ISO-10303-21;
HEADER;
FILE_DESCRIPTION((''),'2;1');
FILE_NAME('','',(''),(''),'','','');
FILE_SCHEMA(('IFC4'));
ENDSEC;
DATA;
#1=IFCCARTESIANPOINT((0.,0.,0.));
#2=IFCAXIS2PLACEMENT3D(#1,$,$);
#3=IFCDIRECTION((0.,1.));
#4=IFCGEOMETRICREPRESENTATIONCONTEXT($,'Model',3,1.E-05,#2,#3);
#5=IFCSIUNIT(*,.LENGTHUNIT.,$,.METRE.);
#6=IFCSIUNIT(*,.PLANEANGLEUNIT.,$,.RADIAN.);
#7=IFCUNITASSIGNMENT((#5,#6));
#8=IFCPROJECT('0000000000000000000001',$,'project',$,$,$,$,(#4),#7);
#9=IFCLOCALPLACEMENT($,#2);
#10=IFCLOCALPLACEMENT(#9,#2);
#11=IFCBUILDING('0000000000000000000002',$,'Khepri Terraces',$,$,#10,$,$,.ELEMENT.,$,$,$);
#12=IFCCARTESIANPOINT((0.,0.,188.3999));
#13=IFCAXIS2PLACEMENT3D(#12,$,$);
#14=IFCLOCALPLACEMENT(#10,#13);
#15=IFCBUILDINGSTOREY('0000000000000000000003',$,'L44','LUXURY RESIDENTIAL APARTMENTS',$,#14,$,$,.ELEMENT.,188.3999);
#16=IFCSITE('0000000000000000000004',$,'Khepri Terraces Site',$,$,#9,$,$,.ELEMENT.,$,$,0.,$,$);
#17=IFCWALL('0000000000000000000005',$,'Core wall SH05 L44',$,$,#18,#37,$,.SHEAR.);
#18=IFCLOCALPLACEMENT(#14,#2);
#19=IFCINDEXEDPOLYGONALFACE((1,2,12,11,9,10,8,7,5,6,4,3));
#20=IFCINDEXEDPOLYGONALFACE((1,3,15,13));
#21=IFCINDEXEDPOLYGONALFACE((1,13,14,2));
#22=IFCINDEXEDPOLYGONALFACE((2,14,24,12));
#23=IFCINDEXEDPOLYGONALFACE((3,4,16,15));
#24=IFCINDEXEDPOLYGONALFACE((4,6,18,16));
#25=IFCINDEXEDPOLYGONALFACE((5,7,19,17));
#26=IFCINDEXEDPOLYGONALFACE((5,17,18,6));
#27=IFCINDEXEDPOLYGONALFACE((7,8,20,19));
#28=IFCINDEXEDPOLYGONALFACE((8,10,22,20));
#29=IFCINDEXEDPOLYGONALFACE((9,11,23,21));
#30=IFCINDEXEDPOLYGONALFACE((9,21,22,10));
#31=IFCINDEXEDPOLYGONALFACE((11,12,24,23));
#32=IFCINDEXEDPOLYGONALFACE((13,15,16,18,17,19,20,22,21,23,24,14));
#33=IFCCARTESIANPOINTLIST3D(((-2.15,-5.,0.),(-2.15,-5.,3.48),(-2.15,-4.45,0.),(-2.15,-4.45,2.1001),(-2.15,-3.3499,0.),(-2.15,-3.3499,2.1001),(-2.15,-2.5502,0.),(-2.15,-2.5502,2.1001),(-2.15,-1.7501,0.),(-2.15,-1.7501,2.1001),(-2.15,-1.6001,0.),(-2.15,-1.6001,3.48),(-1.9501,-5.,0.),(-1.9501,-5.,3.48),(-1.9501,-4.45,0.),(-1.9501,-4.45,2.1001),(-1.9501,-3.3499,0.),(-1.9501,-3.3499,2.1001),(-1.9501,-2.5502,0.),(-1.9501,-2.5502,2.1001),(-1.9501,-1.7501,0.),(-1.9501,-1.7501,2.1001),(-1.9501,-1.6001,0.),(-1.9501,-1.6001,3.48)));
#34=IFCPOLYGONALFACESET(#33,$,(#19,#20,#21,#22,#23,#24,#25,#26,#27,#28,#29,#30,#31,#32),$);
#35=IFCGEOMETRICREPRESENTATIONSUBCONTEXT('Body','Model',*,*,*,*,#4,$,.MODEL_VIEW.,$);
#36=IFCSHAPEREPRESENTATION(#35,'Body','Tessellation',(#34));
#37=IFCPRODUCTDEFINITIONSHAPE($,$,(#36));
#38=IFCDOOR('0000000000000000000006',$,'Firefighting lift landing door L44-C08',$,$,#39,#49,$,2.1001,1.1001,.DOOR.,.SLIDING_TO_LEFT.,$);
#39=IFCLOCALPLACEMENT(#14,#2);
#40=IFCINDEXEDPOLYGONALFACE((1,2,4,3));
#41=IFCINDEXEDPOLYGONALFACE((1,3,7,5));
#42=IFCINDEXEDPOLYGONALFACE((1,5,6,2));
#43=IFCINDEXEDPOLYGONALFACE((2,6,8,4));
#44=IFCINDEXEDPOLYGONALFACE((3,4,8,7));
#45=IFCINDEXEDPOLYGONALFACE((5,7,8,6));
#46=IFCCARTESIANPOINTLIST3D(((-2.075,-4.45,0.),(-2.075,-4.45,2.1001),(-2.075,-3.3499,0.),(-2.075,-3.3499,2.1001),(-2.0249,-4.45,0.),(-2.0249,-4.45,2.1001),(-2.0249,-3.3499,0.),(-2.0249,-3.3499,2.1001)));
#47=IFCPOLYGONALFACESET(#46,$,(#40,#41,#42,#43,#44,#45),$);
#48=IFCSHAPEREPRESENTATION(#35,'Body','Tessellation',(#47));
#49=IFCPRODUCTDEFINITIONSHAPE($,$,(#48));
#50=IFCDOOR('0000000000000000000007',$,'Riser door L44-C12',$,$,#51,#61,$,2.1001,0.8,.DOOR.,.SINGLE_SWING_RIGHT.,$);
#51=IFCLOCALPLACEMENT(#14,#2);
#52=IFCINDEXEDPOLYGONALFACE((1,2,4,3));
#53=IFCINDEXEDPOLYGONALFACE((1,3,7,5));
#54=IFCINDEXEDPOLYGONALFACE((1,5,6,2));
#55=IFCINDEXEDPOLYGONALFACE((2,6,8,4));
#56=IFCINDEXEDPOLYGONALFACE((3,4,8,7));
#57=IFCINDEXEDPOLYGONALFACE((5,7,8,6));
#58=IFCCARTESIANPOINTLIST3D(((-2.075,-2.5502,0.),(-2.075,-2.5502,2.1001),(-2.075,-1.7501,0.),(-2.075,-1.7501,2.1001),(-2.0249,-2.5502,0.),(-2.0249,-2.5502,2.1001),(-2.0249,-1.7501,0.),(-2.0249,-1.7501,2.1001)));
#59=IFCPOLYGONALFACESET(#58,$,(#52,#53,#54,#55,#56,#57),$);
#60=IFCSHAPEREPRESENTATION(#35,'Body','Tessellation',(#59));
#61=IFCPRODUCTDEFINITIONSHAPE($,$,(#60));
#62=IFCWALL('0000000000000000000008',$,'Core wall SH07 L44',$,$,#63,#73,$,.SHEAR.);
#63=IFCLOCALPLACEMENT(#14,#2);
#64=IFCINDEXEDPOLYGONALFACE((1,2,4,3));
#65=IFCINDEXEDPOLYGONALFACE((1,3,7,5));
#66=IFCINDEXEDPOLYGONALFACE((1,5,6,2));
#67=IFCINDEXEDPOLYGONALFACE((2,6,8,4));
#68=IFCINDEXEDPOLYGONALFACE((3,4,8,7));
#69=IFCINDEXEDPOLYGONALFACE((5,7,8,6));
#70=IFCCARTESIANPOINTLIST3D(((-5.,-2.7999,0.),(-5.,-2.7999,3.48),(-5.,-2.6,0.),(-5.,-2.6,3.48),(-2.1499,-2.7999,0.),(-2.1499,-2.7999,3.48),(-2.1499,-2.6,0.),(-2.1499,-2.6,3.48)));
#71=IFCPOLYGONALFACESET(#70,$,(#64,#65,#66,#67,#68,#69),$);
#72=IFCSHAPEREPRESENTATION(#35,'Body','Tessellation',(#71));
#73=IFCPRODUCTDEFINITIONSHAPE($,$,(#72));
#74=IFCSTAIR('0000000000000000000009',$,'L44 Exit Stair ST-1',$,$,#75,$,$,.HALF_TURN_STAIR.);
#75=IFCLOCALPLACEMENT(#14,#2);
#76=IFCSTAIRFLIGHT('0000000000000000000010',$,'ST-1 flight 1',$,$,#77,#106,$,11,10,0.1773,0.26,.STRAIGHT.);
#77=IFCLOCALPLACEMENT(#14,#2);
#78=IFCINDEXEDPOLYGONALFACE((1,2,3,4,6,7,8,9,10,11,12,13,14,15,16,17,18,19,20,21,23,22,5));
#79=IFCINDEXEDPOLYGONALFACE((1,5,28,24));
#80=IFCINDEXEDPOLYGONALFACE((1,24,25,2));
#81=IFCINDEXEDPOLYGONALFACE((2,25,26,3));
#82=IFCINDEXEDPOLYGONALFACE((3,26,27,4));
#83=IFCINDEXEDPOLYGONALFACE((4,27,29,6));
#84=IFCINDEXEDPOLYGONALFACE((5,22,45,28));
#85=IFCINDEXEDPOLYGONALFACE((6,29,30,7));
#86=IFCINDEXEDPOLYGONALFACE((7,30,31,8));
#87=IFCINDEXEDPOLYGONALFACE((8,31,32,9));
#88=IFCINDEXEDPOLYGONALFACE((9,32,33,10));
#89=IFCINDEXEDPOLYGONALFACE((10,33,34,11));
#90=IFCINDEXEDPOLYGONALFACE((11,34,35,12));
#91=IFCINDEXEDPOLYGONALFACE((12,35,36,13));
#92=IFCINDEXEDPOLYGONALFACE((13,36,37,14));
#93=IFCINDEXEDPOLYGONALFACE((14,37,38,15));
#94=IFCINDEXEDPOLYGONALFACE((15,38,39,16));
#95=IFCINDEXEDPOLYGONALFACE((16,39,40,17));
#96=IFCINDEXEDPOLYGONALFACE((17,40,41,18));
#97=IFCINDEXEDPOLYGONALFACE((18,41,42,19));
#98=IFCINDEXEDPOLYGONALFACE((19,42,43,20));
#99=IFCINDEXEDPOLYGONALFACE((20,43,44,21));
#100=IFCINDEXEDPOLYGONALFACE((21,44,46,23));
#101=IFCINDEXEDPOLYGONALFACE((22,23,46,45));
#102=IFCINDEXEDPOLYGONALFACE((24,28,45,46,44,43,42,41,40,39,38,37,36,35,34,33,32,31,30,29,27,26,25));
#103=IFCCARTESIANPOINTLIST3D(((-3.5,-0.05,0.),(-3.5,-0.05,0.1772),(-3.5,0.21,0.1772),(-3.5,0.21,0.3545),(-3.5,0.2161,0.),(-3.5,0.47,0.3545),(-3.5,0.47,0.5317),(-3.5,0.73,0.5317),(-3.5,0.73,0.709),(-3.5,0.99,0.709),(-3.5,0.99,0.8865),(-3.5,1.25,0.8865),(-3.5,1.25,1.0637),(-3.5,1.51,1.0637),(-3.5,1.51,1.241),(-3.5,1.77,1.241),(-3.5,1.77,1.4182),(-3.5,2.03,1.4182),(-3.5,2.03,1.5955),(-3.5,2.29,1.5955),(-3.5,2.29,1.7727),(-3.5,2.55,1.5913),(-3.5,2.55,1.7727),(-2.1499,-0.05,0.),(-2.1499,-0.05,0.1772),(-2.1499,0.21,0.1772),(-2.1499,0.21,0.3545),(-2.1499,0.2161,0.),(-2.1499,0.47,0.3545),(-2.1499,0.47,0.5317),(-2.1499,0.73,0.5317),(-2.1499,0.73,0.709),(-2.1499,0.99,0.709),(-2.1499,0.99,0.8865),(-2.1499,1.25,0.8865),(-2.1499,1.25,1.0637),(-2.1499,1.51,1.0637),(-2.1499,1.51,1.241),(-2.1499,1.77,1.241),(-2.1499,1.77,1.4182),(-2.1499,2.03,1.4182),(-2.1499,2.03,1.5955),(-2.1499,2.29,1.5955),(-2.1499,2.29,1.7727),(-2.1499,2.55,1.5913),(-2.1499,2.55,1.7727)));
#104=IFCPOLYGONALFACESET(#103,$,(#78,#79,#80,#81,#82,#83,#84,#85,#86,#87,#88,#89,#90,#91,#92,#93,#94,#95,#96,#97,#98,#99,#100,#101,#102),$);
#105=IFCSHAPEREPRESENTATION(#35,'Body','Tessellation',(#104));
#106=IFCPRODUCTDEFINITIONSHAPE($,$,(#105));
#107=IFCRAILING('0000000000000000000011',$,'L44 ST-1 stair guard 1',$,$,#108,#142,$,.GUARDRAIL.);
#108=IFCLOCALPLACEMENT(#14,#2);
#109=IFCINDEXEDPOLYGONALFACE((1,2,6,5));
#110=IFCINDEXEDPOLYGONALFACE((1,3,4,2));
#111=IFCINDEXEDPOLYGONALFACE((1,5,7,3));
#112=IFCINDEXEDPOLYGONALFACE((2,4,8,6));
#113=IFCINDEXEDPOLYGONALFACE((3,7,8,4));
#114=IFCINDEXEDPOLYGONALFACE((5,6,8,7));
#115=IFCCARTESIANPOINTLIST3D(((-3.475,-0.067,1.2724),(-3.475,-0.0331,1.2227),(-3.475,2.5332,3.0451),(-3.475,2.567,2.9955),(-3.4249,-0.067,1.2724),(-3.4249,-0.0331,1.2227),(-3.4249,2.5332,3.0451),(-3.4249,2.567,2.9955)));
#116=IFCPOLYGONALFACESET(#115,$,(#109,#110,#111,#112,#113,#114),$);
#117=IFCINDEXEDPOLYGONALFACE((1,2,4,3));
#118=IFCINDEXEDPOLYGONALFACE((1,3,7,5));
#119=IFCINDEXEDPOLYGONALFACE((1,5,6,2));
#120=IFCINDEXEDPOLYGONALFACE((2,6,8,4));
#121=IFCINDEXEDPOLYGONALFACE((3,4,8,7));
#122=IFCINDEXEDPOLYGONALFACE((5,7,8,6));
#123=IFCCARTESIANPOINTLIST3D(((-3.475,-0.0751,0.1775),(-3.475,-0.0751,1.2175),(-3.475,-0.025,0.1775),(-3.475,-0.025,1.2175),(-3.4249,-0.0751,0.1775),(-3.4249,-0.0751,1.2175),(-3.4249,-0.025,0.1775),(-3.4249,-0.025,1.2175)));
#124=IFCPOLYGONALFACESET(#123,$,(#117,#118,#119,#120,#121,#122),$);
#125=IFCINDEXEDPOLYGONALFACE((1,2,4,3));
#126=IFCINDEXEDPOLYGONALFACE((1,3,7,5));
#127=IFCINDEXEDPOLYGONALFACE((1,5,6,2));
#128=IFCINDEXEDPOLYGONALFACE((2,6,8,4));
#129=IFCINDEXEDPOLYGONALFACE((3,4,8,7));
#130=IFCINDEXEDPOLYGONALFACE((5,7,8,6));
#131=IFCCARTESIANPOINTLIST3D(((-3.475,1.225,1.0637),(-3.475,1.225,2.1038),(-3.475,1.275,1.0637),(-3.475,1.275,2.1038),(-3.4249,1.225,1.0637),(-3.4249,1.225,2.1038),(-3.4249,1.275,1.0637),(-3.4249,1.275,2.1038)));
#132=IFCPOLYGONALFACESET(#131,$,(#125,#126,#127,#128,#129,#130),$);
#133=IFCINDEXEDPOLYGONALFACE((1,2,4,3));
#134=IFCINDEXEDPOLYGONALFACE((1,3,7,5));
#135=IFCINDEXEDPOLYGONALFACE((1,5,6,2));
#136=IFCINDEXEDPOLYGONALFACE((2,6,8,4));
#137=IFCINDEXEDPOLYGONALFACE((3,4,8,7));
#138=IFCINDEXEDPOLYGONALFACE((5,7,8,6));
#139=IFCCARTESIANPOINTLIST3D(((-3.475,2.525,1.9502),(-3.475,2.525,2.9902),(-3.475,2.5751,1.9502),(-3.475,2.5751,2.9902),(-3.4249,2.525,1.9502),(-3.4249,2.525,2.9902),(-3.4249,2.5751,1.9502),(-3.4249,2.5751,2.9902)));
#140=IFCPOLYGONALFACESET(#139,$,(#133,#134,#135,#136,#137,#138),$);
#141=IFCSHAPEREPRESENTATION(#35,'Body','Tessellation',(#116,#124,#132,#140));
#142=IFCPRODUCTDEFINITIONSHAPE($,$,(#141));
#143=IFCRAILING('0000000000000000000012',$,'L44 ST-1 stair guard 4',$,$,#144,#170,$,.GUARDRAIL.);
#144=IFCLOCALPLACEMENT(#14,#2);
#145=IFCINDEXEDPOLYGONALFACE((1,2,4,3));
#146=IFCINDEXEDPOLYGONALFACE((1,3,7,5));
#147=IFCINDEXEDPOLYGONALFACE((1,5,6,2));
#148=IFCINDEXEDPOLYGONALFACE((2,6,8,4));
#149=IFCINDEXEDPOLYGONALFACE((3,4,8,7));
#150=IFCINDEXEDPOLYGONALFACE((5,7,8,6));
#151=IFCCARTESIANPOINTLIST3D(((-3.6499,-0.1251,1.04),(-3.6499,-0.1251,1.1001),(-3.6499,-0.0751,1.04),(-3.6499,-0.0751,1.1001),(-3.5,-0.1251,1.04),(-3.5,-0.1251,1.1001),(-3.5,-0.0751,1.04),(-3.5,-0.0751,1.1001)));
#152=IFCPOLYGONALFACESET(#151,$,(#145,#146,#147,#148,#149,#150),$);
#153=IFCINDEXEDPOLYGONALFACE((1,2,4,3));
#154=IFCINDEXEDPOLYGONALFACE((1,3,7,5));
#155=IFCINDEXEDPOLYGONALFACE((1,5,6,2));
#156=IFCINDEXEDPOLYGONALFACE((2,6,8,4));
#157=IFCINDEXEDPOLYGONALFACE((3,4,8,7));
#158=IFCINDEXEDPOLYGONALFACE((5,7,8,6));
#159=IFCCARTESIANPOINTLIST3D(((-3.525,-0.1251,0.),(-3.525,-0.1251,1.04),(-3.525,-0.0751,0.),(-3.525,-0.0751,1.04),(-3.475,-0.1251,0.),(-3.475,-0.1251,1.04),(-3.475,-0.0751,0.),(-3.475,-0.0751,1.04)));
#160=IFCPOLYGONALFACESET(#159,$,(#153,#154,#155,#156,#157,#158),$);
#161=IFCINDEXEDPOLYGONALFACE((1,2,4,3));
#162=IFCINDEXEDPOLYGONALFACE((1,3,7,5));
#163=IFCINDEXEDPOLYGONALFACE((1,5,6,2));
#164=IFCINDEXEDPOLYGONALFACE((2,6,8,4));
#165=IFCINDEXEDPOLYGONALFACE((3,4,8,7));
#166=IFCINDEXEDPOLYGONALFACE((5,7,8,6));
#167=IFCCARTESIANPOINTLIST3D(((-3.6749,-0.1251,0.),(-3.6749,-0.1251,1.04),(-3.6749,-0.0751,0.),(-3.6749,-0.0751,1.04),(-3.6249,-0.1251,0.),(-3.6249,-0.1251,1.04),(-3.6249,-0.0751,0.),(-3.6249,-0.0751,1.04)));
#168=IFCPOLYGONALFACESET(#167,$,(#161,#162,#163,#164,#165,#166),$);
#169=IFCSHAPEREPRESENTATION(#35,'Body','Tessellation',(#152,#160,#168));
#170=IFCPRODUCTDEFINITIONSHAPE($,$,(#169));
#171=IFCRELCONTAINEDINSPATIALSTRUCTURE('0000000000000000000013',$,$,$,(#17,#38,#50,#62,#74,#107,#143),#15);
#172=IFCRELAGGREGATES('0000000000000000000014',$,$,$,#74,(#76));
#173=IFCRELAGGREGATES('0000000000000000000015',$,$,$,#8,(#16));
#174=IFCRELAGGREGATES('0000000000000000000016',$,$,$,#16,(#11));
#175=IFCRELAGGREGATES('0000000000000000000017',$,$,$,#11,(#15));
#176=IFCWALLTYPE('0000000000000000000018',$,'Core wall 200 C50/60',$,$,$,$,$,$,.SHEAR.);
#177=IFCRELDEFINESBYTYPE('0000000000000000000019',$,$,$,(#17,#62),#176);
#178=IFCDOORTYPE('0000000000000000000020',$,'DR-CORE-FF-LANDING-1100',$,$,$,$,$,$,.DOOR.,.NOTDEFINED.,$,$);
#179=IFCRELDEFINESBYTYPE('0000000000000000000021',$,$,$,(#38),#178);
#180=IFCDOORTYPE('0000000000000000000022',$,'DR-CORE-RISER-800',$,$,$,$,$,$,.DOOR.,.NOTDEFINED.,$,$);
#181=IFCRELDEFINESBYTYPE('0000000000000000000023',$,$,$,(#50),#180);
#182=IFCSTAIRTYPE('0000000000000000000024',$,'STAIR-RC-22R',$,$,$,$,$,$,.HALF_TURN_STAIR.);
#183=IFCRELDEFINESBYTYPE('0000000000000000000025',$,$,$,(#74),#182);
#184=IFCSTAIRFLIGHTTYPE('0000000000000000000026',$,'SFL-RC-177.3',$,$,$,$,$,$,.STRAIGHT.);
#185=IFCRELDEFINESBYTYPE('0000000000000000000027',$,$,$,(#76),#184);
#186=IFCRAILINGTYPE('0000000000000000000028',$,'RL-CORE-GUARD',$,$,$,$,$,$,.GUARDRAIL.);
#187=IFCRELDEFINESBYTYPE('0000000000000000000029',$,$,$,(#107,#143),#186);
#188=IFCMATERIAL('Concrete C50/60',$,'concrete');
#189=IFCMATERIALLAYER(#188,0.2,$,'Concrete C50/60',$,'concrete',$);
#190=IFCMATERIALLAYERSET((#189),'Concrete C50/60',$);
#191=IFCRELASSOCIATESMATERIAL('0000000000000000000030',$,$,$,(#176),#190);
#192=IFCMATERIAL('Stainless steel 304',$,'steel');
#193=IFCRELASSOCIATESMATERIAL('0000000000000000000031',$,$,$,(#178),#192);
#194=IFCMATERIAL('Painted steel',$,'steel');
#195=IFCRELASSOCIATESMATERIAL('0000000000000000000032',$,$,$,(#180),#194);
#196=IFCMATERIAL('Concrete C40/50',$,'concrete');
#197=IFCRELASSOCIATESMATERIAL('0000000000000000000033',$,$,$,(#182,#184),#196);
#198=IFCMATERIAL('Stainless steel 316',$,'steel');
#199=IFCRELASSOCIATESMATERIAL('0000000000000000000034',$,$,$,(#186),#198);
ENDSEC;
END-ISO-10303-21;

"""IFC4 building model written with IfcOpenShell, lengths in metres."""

from ifc_helpers import new_model, si_unit, direction, frame, frame_2d, origin, origin_2d, place, context, subcontext, project, spatial, polyline, rectangle, outline, extrude, material, layer, layer_set, type_object, element, fill, aggregate, save


model = new_model("IFC4")

# Units and contexts
model_context = context("Model", 3, precision=1e-05, world=origin(), true_north=direction((0.0, 1.0)))
body_context = subcontext(model_context, "Body", "Model", "MODEL_VIEW")
ifc_project = project(units=[si_unit("LENGTHUNIT", "METRE"), si_unit("PLANEANGLEUNIT", "RADIAN")], contexts=[model_context])

# Site, building, storey
site_placement = place(None, origin())
site = spatial("IfcSite", under=ifc_project, at=site_placement, Name="Khepri Terraces Site", CompositionType="ELEMENT", RefElevation=0.0)
building_placement = place(site_placement, origin())
building = spatial("IfcBuilding", under=site, at=building_placement, Name="Khepri Terraces", CompositionType="ELEMENT")
storey_placement = place(building_placement, frame((0.0, 0.0, 188.3999)))
storey = spatial("IfcBuildingStorey", under=building, at=storey_placement, Name="L44", Description="LUXURY RESIDENTIAL APARTMENTS", CompositionType="ELEMENT", Elevation=188.3999)

# Shared definitions
ifc_material_1 = material(Name="Concrete C40/50", Category="concrete")

# Shared definitions
ifc_material_2 = material(Name="Concrete C50/60", Category="concrete")
ifc_layer_1 = layer(ifc_material_2, 0.2, Name="Concrete C50/60", Category="concrete")
ifc_layer_set_1 = layer_set([ifc_layer_1], Name="Concrete C50/60")
wall_type = type_object("IfcWallType", Name="Core wall 200 C50/60", PredefinedType="SHEAR", material=ifc_layer_set_1)

# Shared definitions
ifc_material_3 = material(Name="Painted steel", Category="steel")

# Wall, openings, doors
wall_1_placement = place(storey_placement, frame((-2.05, -5.0, 0.0), z_axis=(0.0, 0.0, 1.0), x_axis=(0.0, 1.0, 0.0)))
wall_1 = element("IfcWall", 1, at=wall_1_placement, inside=storey, type_object=wall_type, Name="Core wall SH05 L44", PredefinedType="SHEAR", context=body_context, shape_type="SweptSolid", body=[
    extrude(rectangle(XDim=3.3999, YDim=0.2, at=frame_2d((1.7, 0.0))), origin(), (0.0, 0.0, 1.0), 3.48),
])
opening_1_placement = place(wall_1_placement, frame((0.55, 0.0, 0.0)))
opening_1 = element("IfcOpeningElement", 2, at=opening_1_placement, cuts=wall_1, PredefinedType="OPENING", context=body_context, shape_type="SweptSolid", body=[
    extrude(rectangle(XDim=1.1001, YDim=2.1001, at=frame_2d((0.55, 1.05))), frame((0.0, 0.1099, 0.0), z_axis=(0.0, -1.0, 0.0), x_axis=(1.0, 0.0, 0.0)), (0.0, 0.0, 1.0), 0.22),
])
opening_2_placement = place(wall_1_placement, frame((2.45, 0.0, 0.0)))
opening_2 = element("IfcOpeningElement", 3, at=opening_2_placement, cuts=wall_1, PredefinedType="OPENING", context=body_context, shape_type="SweptSolid", body=[
    extrude(rectangle(XDim=0.8, YDim=2.1001, at=frame_2d((0.3999, 1.05))), frame((0.0, 0.1099, 0.0), z_axis=(0.0, -1.0, 0.0), x_axis=(1.0, 0.0, 0.0)), (0.0, 0.0, 1.0), 0.22),
])
ifc_material_4 = material(Name="Stainless steel 304", Category="steel")
door_type_1 = type_object("IfcDoorType", Name="DR-CORE-FF-LANDING-1100", OperationType="NOTDEFINED", PredefinedType="DOOR", material=ifc_material_4)
door_1_placement = place(opening_1_placement, origin())
door_1 = element("IfcDoor", 4, at=door_1_placement, inside=storey, type_object=door_type_1, Name="Firefighting lift landing door L44-C08", OperationType="SLIDING_TO_LEFT", OverallHeight=2.1001, OverallWidth=1.1001, PredefinedType="DOOR", context=body_context, shape_type="SweptSolid", body=[
    extrude(rectangle(XDim=1.1001, YDim=2.1001, at=frame_2d((0.55, 1.05))), frame((0.0, 0.0249, 0.0), z_axis=(0.0, -1.0, 0.0), x_axis=(1.0, 0.0, 0.0)), (0.0, 0.0, 1.0), 0.05),
])
fill(opening_1, door_1)
door_type_2 = type_object("IfcDoorType", Name="DR-CORE-RISER-800", OperationType="NOTDEFINED", PredefinedType="DOOR", material=ifc_material_3)
door_2_placement = place(opening_2_placement, origin())
door_2 = element("IfcDoor", 5, at=door_2_placement, inside=storey, type_object=door_type_2, Name="Riser door L44-C12", OperationType="SINGLE_SWING_RIGHT", OverallHeight=2.1001, OverallWidth=0.8, PredefinedType="DOOR", context=body_context, shape_type="SweptSolid", body=[
    extrude(rectangle(XDim=0.8, YDim=2.1001, at=frame_2d((0.3999, 1.05))), frame((0.0, 0.0249, 0.0), z_axis=(0.0, -1.0, 0.0), x_axis=(1.0, 0.0, 0.0)), (0.0, 0.0, 1.0), 0.05),
])
fill(opening_2, door_2)

# Wall
wall_2_placement = place(storey_placement, frame((-5.0, -2.7, 0.0), z_axis=(0.0, 0.0, 1.0), x_axis=(1.0, 0.0, 0.0)))
element("IfcWall", 6, at=wall_2_placement, inside=storey, type_object=wall_type, Name="Core wall SH07 L44", PredefinedType="SHEAR", context=body_context, shape_type="SweptSolid", body=[
    extrude(rectangle(XDim=2.8501, YDim=0.2, at=frame_2d((1.425, 0.0))), origin(), (0.0, 0.0, 1.0), 3.48),
])

# Stair, stair flight
stair_type = type_object("IfcStairType", Name="STAIR-RC-22R", PredefinedType="HALF_TURN_STAIR", material=ifc_material_1)
stair_placement = place(storey_placement, origin())
stair = element("IfcStair", 7, at=stair_placement, inside=storey, type_object=stair_type, Name="L44 Exit Stair ST-1", PredefinedType="HALF_TURN_STAIR")
stair_flight_type = type_object("IfcStairFlightType", Name="SFL-RC-177.3", PredefinedType="STRAIGHT", material=ifc_material_1)
stair_flight_placement = place(storey_placement, frame((-2.825, -0.05, 0.0), z_axis=(0.0, 0.0, 1.0), x_axis=(0.0, 1.0, 0.0)))
stair_flight = element("IfcStairFlight", 8, at=stair_flight_placement, type_object=stair_flight_type, Name="ST-1 flight 1", NumberOfRisers=11, NumberOfTreads=10, PredefinedType="STRAIGHT", RiserHeight=0.1773, TreadLength=0.26, context=body_context, shape_type="SweptSolid", body=[
    extrude(outline(polyline([(0.0, 0.0), (0.0, 0.1772), (0.26, 0.1772), (0.26, 0.3545), (0.52, 0.3545), (0.52, 0.5317), (0.78, 0.5317), (0.78, 0.709), (1.04, 0.709), (1.04, 0.8865), (1.3, 0.8865), (1.3, 1.0637), (1.5601, 1.0637), (1.5601, 1.241), (1.8201, 1.241), (1.8201, 1.4182), (2.0801, 1.4182), (2.0801, 1.5955), (2.3401, 1.5955), (2.3401, 1.7727), (2.6001, 1.7727), (2.6001, 1.95), (2.6001, 1.5913), (0.2661, 0.0), (0.0, 0.0)])), frame((0.0, 0.675, 0.0), z_axis=(0.0, -1.0, 0.0), x_axis=(1.0, 0.0, 0.0)), (0.0, 0.0, 1.0), 1.3501),
])
aggregate(stair, [stair_flight])

# Railings
ifc_material_5 = material(Name="Stainless steel 316", Category="steel")
railing_type_1 = type_object("IfcRailingType", Name="RL-CORE-GUARD", PredefinedType="GUARDRAIL", material=ifc_material_5)
railing_1_placement = place(storey_placement, frame((-3.45, -0.05, 0.1775)))
element("IfcRailing", 9, at=railing_1_placement, inside=storey, type_object=railing_type_1, Name="L44 ST-1 stair guard 1", PredefinedType="GUARDRAIL", context=body_context, shape_type="SweptSolid", body=[
    extrude(rectangle(XDim=0.05, YDim=0.0601, at=origin_2d()), frame((0.0, 0.0, 1.0701), z_axis=(0.0, 0.82624, 0.563318), x_axis=(-1.0, 0.0, 0.0)), (0.0, 0.0, 1.0), 3.147),
    extrude(rectangle(XDim=0.05, YDim=0.05, at=origin_2d()), origin(), (0.0, 0.0, 1.0), 1.04),
    extrude(rectangle(XDim=0.05, YDim=0.05, at=origin_2d()), frame((0.0, 1.3, 0.8862)), (0.0, 0.0, 1.0), 1.04),
    extrude(rectangle(XDim=0.05, YDim=0.05, at=origin_2d()), frame((0.0, 2.6001, 1.7727)), (0.0, 0.0, 1.0), 1.04),
])
railing_2_placement = place(storey_placement, frame((-3.5, -0.1001, 0.0)))
element("IfcRailing", 10, at=railing_2_placement, inside=storey, type_object=railing_type_1, Name="L44 ST-1 stair guard 4", PredefinedType="GUARDRAIL", context=body_context, shape_type="SweptSolid", body=[
    extrude(rectangle(XDim=0.05, YDim=0.0601, at=origin_2d()), frame((0.0, 0.0, 1.0701), z_axis=(-1.0, 0.0, 0.0), x_axis=(0.0, -1.0, 0.0)), (0.0, 0.0, 1.0), 0.1499),
    extrude(rectangle(XDim=0.05, YDim=0.05, at=origin_2d()), origin(), (0.0, 0.0, 1.0), 1.04),
    extrude(rectangle(XDim=0.05, YDim=0.05, at=origin_2d()), frame((-0.1499, 0.0, 0.0)), (0.0, 0.0, 1.0), 1.04),
])

save(model, "model.ifc")
